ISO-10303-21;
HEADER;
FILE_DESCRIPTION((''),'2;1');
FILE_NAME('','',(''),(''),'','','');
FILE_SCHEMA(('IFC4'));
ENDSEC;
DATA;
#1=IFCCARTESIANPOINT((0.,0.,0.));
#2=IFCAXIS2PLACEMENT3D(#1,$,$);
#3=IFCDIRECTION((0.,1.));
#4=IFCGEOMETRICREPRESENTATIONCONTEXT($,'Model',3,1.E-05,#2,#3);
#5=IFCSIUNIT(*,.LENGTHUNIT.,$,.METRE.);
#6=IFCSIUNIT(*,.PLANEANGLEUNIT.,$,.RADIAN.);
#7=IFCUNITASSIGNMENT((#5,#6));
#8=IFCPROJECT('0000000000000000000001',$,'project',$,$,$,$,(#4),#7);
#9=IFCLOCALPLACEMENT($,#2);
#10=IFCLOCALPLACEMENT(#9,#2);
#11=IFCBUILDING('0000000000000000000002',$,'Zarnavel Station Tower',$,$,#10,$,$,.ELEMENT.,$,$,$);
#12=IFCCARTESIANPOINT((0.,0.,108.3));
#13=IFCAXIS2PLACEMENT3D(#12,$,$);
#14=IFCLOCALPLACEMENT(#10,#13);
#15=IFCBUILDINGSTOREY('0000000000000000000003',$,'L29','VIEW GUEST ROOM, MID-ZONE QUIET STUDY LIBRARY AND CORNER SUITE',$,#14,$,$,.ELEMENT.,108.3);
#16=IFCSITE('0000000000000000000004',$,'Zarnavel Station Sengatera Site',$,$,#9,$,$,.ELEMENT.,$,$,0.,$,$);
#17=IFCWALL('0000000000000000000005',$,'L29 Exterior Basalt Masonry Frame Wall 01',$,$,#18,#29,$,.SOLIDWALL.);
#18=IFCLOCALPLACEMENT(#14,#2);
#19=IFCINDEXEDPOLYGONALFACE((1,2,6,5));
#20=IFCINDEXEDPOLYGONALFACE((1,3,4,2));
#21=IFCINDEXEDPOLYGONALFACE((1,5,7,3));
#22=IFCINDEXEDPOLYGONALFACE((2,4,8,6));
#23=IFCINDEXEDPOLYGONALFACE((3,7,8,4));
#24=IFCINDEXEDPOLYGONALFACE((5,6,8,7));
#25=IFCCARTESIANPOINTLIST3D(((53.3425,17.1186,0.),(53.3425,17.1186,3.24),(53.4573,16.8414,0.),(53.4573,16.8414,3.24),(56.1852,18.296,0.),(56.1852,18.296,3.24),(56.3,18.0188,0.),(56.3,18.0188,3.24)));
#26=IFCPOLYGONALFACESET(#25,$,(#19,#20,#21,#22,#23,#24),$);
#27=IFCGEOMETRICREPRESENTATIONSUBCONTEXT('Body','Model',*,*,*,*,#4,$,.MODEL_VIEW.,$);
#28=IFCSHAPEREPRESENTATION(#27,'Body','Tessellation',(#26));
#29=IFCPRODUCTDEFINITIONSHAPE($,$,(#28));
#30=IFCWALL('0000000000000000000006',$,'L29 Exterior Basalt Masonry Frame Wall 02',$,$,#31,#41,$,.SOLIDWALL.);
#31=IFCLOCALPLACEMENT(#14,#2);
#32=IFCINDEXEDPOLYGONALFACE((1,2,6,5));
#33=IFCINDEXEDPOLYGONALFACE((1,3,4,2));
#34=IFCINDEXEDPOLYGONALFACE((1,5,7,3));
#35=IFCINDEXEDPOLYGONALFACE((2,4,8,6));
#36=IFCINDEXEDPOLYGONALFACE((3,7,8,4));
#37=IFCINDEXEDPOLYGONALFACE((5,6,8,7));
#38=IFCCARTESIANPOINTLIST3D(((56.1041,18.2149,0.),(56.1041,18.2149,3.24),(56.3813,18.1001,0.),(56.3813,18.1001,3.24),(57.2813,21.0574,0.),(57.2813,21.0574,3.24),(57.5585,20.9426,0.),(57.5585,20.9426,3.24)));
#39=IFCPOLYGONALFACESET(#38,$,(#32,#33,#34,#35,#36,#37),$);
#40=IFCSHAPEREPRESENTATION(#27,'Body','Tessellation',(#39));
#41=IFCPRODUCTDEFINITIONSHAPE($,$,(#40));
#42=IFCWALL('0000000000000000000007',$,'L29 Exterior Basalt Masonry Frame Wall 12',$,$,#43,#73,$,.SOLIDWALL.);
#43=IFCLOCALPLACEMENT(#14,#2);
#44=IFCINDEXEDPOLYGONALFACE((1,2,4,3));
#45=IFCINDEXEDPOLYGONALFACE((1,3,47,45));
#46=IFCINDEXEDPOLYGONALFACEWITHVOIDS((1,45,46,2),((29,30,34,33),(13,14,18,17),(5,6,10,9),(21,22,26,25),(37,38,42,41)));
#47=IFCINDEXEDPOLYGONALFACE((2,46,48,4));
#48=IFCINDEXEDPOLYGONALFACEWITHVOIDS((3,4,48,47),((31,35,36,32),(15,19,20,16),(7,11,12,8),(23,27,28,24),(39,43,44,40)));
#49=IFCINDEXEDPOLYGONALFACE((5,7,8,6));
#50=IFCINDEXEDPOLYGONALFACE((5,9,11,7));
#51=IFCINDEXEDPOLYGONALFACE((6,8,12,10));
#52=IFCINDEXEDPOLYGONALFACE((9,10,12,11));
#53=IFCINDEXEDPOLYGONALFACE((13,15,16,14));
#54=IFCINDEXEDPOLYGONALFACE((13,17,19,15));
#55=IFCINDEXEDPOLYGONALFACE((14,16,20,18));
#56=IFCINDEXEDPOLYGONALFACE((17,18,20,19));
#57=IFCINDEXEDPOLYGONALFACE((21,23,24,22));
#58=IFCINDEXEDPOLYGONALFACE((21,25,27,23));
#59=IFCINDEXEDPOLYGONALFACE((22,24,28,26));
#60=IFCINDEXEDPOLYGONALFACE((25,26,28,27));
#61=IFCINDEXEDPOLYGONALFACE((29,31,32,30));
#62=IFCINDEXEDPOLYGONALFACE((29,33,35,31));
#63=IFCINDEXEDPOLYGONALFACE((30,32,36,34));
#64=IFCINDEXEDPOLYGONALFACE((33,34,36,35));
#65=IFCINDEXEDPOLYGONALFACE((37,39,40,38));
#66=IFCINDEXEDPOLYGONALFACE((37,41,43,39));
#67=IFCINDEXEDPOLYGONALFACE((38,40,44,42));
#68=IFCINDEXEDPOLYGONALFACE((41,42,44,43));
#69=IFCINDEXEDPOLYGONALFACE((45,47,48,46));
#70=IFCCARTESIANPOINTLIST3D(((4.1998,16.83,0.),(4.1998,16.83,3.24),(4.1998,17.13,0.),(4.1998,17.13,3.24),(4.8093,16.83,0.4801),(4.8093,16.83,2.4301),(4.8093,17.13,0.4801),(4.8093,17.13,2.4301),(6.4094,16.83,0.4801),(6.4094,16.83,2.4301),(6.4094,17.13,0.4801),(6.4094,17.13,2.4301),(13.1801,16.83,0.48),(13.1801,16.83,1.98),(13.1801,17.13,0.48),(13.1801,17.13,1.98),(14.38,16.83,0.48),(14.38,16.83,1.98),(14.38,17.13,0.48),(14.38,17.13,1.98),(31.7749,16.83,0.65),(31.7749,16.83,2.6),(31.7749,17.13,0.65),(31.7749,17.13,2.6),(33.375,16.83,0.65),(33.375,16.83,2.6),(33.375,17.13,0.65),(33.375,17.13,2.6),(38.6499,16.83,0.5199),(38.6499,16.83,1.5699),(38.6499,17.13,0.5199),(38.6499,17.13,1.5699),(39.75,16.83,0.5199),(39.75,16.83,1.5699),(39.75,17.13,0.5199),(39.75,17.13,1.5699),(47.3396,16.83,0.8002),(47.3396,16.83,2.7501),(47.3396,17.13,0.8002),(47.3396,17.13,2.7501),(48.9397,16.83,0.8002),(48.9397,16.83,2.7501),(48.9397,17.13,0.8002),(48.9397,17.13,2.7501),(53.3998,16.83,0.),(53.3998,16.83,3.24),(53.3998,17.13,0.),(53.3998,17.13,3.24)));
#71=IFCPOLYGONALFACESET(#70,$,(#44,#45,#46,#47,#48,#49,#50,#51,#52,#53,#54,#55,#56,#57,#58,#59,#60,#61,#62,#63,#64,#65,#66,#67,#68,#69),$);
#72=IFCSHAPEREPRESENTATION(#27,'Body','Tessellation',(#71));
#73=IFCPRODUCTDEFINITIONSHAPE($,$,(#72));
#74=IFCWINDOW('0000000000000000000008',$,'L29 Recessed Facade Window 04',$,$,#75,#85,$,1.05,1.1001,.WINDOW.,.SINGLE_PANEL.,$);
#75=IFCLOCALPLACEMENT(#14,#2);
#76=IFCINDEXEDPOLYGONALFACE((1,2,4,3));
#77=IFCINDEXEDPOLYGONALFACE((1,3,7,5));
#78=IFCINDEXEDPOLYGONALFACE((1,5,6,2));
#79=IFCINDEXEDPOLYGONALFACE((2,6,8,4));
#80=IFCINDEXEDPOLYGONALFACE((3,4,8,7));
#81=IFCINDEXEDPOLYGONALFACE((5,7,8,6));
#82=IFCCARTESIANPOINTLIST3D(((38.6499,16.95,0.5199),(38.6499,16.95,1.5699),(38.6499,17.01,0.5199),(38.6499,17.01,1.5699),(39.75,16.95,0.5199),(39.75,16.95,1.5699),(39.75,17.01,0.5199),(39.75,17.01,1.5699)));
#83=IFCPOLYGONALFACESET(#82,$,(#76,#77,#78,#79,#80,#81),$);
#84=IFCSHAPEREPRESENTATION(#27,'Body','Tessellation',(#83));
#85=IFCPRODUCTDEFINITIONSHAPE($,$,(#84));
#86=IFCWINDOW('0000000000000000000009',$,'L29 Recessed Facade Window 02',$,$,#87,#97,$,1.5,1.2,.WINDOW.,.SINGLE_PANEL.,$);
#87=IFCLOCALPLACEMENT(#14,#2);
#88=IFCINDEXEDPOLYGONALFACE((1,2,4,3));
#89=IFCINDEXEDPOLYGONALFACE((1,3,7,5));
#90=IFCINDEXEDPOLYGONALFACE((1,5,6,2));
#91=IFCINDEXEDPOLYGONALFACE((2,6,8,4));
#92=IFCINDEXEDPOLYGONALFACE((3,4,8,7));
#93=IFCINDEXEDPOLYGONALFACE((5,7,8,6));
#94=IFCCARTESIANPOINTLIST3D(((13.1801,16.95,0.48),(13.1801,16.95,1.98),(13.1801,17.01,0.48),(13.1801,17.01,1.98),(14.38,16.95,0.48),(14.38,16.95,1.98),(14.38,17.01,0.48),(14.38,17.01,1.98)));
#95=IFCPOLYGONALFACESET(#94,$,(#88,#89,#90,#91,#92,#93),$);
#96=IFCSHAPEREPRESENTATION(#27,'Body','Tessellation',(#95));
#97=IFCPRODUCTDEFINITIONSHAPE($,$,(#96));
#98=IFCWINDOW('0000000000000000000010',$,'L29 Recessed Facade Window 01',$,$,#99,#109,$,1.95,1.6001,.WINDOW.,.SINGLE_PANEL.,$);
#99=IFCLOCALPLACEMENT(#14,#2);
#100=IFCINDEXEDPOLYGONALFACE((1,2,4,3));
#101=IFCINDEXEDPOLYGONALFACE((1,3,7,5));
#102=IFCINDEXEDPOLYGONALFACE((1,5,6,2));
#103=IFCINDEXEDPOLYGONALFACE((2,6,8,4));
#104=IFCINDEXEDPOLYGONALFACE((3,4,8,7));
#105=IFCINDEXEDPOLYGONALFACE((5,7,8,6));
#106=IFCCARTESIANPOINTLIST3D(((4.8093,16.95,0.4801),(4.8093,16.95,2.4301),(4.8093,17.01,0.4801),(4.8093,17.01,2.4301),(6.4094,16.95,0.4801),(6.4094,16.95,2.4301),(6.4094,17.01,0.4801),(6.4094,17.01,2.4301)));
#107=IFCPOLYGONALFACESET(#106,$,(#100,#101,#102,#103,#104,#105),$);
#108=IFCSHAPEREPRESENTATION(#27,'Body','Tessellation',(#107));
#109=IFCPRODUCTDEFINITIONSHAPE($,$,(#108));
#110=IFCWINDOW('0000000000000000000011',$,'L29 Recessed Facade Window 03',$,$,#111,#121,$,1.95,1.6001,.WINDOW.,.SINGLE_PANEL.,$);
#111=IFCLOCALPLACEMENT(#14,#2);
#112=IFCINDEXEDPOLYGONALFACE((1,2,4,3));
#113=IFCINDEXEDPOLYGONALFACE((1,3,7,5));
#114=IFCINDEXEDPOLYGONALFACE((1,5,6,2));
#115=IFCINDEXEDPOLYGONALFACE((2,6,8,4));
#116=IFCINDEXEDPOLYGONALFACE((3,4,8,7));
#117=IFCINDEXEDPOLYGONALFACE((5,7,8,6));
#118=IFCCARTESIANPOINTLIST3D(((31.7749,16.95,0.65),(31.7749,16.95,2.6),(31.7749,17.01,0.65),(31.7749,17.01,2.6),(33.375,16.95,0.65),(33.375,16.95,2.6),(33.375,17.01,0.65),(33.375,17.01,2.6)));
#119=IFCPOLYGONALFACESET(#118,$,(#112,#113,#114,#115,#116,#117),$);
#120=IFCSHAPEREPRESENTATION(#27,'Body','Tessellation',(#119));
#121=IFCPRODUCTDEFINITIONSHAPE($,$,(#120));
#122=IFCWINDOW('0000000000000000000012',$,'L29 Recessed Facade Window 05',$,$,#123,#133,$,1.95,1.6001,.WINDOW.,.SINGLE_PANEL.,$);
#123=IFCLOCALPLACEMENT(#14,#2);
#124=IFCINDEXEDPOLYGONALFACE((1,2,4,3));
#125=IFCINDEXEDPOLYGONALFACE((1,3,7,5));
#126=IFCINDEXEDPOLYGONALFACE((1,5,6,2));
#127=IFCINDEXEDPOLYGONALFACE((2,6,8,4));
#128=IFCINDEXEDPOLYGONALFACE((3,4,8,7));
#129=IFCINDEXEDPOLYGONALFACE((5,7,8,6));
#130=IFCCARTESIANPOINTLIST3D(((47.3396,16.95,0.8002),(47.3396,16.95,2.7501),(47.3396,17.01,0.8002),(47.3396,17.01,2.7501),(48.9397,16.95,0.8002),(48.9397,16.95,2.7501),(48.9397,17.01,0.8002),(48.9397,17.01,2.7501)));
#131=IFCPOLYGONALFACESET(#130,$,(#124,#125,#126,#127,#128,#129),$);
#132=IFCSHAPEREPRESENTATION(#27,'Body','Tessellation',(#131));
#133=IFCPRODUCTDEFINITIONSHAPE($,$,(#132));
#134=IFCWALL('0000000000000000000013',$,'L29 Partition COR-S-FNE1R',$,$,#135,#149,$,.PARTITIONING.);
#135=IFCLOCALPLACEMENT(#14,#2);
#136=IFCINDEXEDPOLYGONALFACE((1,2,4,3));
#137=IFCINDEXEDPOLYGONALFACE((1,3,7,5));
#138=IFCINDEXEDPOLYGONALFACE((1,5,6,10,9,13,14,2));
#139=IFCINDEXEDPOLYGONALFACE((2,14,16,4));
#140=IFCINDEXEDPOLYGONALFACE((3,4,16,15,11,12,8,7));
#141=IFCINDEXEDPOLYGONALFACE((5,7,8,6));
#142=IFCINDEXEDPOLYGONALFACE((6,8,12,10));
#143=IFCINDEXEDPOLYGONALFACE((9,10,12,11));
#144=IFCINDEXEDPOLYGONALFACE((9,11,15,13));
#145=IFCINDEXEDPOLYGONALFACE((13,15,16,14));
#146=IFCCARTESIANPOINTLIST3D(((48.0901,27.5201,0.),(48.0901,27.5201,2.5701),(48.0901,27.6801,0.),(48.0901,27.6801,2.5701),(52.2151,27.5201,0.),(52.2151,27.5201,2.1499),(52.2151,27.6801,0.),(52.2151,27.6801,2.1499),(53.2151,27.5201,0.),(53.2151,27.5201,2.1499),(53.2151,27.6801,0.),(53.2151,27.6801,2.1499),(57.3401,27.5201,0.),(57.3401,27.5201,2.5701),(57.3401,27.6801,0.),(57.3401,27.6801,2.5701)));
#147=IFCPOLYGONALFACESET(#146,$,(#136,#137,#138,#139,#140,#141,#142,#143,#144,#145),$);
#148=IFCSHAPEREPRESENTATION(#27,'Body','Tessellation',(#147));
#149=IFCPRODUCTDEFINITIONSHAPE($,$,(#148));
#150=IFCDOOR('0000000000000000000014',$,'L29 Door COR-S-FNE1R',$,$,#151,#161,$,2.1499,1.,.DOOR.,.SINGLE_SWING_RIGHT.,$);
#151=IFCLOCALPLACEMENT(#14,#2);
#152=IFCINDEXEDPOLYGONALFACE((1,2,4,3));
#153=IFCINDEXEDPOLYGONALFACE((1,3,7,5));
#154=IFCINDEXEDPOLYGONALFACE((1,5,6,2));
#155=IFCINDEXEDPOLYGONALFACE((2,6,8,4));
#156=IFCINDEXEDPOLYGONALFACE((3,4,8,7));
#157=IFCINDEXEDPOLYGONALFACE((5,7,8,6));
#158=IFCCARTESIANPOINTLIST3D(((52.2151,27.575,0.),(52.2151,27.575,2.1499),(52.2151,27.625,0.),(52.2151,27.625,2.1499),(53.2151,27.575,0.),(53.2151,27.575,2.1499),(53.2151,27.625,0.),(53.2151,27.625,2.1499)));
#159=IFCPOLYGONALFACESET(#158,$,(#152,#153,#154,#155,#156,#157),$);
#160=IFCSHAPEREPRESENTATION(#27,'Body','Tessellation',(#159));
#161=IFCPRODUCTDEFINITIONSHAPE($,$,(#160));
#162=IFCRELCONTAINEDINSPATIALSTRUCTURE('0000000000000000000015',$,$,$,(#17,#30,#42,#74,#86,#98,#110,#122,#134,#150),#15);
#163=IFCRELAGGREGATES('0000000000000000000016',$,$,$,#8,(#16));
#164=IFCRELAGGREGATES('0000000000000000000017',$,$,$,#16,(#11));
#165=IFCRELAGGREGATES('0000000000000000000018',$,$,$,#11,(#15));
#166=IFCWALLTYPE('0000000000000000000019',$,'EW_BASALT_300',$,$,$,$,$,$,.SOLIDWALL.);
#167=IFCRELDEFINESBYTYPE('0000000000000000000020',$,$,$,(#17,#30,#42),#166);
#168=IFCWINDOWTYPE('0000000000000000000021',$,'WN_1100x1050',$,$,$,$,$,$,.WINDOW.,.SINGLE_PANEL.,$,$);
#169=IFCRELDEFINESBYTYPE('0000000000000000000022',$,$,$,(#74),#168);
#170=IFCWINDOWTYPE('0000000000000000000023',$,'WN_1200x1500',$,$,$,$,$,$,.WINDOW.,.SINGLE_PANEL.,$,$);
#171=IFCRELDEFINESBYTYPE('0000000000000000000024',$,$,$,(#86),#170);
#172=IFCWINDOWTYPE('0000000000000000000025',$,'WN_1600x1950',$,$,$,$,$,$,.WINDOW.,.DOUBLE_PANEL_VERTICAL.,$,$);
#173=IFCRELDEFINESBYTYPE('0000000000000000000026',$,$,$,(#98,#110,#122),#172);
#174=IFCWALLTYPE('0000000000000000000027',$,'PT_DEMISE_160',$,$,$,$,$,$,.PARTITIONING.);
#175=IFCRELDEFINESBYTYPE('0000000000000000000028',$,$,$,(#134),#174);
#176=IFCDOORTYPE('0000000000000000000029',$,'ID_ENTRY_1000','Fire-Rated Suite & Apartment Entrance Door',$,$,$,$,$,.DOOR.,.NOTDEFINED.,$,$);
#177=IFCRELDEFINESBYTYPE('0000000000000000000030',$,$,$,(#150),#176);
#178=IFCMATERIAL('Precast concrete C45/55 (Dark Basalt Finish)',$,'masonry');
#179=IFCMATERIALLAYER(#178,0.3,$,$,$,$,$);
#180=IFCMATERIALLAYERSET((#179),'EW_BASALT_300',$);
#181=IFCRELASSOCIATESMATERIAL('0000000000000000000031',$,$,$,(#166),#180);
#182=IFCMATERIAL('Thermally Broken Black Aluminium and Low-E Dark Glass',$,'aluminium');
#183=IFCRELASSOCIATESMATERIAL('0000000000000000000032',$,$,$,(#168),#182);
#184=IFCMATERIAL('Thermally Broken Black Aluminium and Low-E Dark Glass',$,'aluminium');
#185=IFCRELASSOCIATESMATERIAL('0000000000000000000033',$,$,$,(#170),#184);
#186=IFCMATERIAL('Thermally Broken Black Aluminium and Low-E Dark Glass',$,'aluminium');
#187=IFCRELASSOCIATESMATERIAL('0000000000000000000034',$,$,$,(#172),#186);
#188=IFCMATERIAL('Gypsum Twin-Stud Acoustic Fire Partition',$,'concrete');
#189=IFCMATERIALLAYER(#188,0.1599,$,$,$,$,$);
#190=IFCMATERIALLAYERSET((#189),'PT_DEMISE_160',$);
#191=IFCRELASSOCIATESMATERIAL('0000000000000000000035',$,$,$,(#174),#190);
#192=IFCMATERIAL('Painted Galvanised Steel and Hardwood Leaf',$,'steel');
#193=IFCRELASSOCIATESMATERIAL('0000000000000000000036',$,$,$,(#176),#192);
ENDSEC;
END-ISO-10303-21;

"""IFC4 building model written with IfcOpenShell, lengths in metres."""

from ifc_helpers import new_model, si_unit, direction, frame, frame_2d, origin, place, context, subcontext, project, spatial, rectangle, extrude, material, layer, layer_set, type_object, element, fill, save


model = new_model("IFC4")

# Units and contexts
model_context = context("Model", 3, precision=1e-05, world=origin(), true_north=direction((0.0, 1.0)))
body_context = subcontext(model_context, "Body", "Model", "MODEL_VIEW")
ifc_project = project(units=[si_unit("LENGTHUNIT", "METRE"), si_unit("PLANEANGLEUNIT", "RADIAN")], contexts=[model_context])

# Site, building, storey
site_placement = place(None, origin())
site = spatial("IfcSite", under=ifc_project, at=site_placement, Name="Zarnavel Station Sengatera Site", CompositionType="ELEMENT", RefElevation=0.0)
building_placement = place(site_placement, origin())
building = spatial("IfcBuilding", under=site, at=building_placement, Name="Zarnavel Station Tower", CompositionType="ELEMENT")
storey_placement = place(building_placement, frame((0.0, 0.0, 108.3)))
storey = spatial("IfcBuildingStorey", under=building, at=storey_placement, Name="L29", Description="VIEW GUEST ROOM, MID-ZONE QUIET STUDY LIBRARY AND CORNER SUITE", CompositionType="ELEMENT", Elevation=108.3)

# Walls
ifc_material_1 = material(Name="Precast concrete C45/55 (Dark Basalt Finish)", Category="masonry")
ifc_layer_1 = layer(ifc_material_1, 0.3)
ifc_layer_set_1 = layer_set([ifc_layer_1], Name="EW_BASALT_300")
wall_type_1 = type_object("IfcWallType", Name="EW_BASALT_300", PredefinedType="SOLIDWALL", material=ifc_layer_set_1)
wall_1_placement = place(storey_placement, frame((56.2427, 18.1575, 0.0), z_axis=(0.0, 0.0, 1.0), x_axis=(-0.923882, -0.382676, 0.0)))
element("IfcWall", 1, at=wall_1_placement, inside=storey, type_object=wall_type_1, Name="L29 Exterior Basalt Masonry Frame Wall 01", PredefinedType="SOLIDWALL", context=body_context, shape_type="SweptSolid", body=[
    extrude(rectangle(XDim=3.0769, YDim=0.3, at=frame_2d((1.5386, 0.0))), origin(), (0.0, 0.0, 1.0), 3.24),
])
wall_2_placement = place(storey_placement, frame((57.4199, 21.0, 0.0), z_axis=(0.0, 0.0, 1.0), x_axis=(-0.382637, -0.923899, 0.0)))
element("IfcWall", 2, at=wall_2_placement, inside=storey, type_object=wall_type_1, Name="L29 Exterior Basalt Masonry Frame Wall 02", PredefinedType="SOLIDWALL", context=body_context, shape_type="SweptSolid", body=[
    extrude(rectangle(XDim=3.0767, YDim=0.3, at=frame_2d((1.5383, 0.0))), origin(), (0.0, 0.0, 1.0), 3.24),
])

# Wall, openings, windows
wall_3_placement = place(storey_placement, frame((53.3999, 16.98, 0.0), z_axis=(0.0, 0.0, 1.0), x_axis=(-1.0, 0.0, 0.0)))
wall_3 = element("IfcWall", 3, at=wall_3_placement, inside=storey, type_object=wall_type_1, Name="L29 Exterior Basalt Masonry Frame Wall 12", PredefinedType="SOLIDWALL", context=body_context, shape_type="SweptSolid", body=[
    extrude(rectangle(XDim=49.2, YDim=0.3, at=frame_2d((24.6001, 0.0))), origin(), (0.0, 0.0, 1.0), 3.24),
])
opening_1_placement = place(wall_3_placement, frame((46.9905, 0.0, 0.48)))
opening_1 = element("IfcOpeningElement", 4, at=opening_1_placement, cuts=wall_3, PredefinedType="OPENING", context=body_context, shape_type="SweptSolid", body=[
    extrude(rectangle(XDim=1.6001, YDim=1.95, at=frame_2d((0.8, 0.9751))), frame((0.0, 0.1599, 0.0), z_axis=(0.0, -1.0, 0.0), x_axis=(1.0, 0.0, 0.0)), (0.0, 0.0, 1.0), 0.3201),
])
opening_2_placement = place(wall_3_placement, frame((39.0198, 0.0, 0.48)))
opening_2 = element("IfcOpeningElement", 5, at=opening_2_placement, cuts=wall_3, PredefinedType="OPENING", context=body_context, shape_type="SweptSolid", body=[
    extrude(rectangle(XDim=1.2, YDim=1.5, at=frame_2d((0.6001, 0.75))), frame((0.0, 0.1599, 0.0), z_axis=(0.0, -1.0, 0.0), x_axis=(1.0, 0.0, 0.0)), (0.0, 0.0, 1.0), 0.3201),
])
opening_3_placement = place(wall_3_placement, frame((20.0249, 0.0, 0.6499)))
opening_3 = element("IfcOpeningElement", 6, at=opening_3_placement, cuts=wall_3, PredefinedType="OPENING", context=body_context, shape_type="SweptSolid", body=[
    extrude(rectangle(XDim=1.6001, YDim=1.95, at=frame_2d((0.8, 0.9751))), frame((0.0, 0.1599, 0.0), z_axis=(0.0, -1.0, 0.0), x_axis=(1.0, 0.0, 0.0)), (0.0, 0.0, 1.0), 0.3201),
])
opening_4_placement = place(wall_3_placement, frame((13.6499, 0.0, 0.52)))
opening_4 = element("IfcOpeningElement", 7, at=opening_4_placement, cuts=wall_3, PredefinedType="OPENING", context=body_context, shape_type="SweptSolid", body=[
    extrude(rectangle(XDim=1.1001, YDim=1.05, at=frame_2d((0.55, 0.5249))), frame((0.0, 0.1599, 0.0), z_axis=(0.0, -1.0, 0.0), x_axis=(1.0, 0.0, 0.0)), (0.0, 0.0, 1.0), 0.3201),
])
opening_5_placement = place(wall_3_placement, frame((4.4602, 0.0, 0.8)))
opening_5 = element("IfcOpeningElement", 8, at=opening_5_placement, cuts=wall_3, PredefinedType="OPENING", context=body_context, shape_type="SweptSolid", body=[
    extrude(rectangle(XDim=1.6001, YDim=1.95, at=frame_2d((0.8, 0.9751))), frame((0.0, 0.1599, 0.0), z_axis=(0.0, -1.0, 0.0), x_axis=(1.0, 0.0, 0.0)), (0.0, 0.0, 1.0), 0.3201),
])
ifc_material_2 = material(Name="Thermally Broken Black Aluminium and Low-E Dark Glass", Category="aluminium")
window_type_1 = type_object("IfcWindowType", Name="WN_1100x1050", PartitioningType="SINGLE_PANEL", PredefinedType="WINDOW", material=ifc_material_2)
window_1_placement = place(opening_4_placement, origin())
window_1 = element("IfcWindow", 9, at=window_1_placement, inside=storey, type_object=window_type_1, Name="L29 Recessed Facade Window 04", OverallHeight=1.05, OverallWidth=1.1001, PartitioningType="SINGLE_PANEL", PredefinedType="WINDOW", context=body_context, shape_type="SweptSolid", body=[
    extrude(rectangle(XDim=1.1001, YDim=1.05, at=frame_2d((0.55, 0.5249))), frame((0.0, 0.03, 0.0), z_axis=(0.0, -1.0, 0.0), x_axis=(1.0, 0.0, 0.0)), (0.0, 0.0, 1.0), 0.0601),
])
fill(opening_4, window_1)
ifc_material_3 = material(Name="Thermally Broken Black Aluminium and Low-E Dark Glass", Category="aluminium")
window_type_2 = type_object("IfcWindowType", Name="WN_1200x1500", PartitioningType="SINGLE_PANEL", PredefinedType="WINDOW", material=ifc_material_3)
window_2_placement = place(opening_2_placement, origin())
window_2 = element("IfcWindow", 10, at=window_2_placement, inside=storey, type_object=window_type_2, Name="L29 Recessed Facade Window 02", OverallHeight=1.5, OverallWidth=1.2, PartitioningType="SINGLE_PANEL", PredefinedType="WINDOW", context=body_context, shape_type="SweptSolid", body=[
    extrude(rectangle(XDim=1.2, YDim=1.5, at=frame_2d((0.6001, 0.75))), frame((0.0, 0.03, 0.0), z_axis=(0.0, -1.0, 0.0), x_axis=(1.0, 0.0, 0.0)), (0.0, 0.0, 1.0), 0.0601),
])
fill(opening_2, window_2)
ifc_material_4 = material(Name="Thermally Broken Black Aluminium and Low-E Dark Glass", Category="aluminium")
window_type_3 = type_object("IfcWindowType", Name="WN_1600x1950", PartitioningType="DOUBLE_PANEL_VERTICAL", PredefinedType="WINDOW", material=ifc_material_4)
window_3_placement = place(opening_1_placement, origin())
window_3 = element("IfcWindow", 11, at=window_3_placement, inside=storey, type_object=window_type_3, Name="L29 Recessed Facade Window 01", OverallHeight=1.95, OverallWidth=1.6001, PartitioningType="SINGLE_PANEL", PredefinedType="WINDOW", context=body_context, shape_type="SweptSolid", body=[
    extrude(rectangle(XDim=1.6001, YDim=1.95, at=frame_2d((0.8, 0.9751))), frame((0.0, 0.03, 0.0), z_axis=(0.0, -1.0, 0.0), x_axis=(1.0, 0.0, 0.0)), (0.0, 0.0, 1.0), 0.0601),
])
fill(opening_1, window_3)
window_4_placement = place(opening_3_placement, origin())
window_4 = element("IfcWindow", 12, at=window_4_placement, inside=storey, type_object=window_type_3, Name="L29 Recessed Facade Window 03", OverallHeight=1.95, OverallWidth=1.6001, PartitioningType="SINGLE_PANEL", PredefinedType="WINDOW", context=body_context, shape_type="SweptSolid", body=[
    extrude(rectangle(XDim=1.6001, YDim=1.95, at=frame_2d((0.8, 0.9751))), frame((0.0, 0.03, 0.0), z_axis=(0.0, -1.0, 0.0), x_axis=(1.0, 0.0, 0.0)), (0.0, 0.0, 1.0), 0.0601),
])
fill(opening_3, window_4)
window_5_placement = place(opening_5_placement, origin())
window_5 = element("IfcWindow", 13, at=window_5_placement, inside=storey, type_object=window_type_3, Name="L29 Recessed Facade Window 05", OverallHeight=1.95, OverallWidth=1.6001, PartitioningType="SINGLE_PANEL", PredefinedType="WINDOW", context=body_context, shape_type="SweptSolid", body=[
    extrude(rectangle(XDim=1.6001, YDim=1.95, at=frame_2d((0.8, 0.9751))), frame((0.0, 0.03, 0.0), z_axis=(0.0, -1.0, 0.0), x_axis=(1.0, 0.0, 0.0)), (0.0, 0.0, 1.0), 0.0601),
])
fill(opening_5, window_5)

# Wall, opening, door
ifc_material_5 = material(Name="Gypsum Twin-Stud Acoustic Fire Partition", Category="concrete")
ifc_layer_2 = layer(ifc_material_5, 0.1599)
ifc_layer_set_2 = layer_set([ifc_layer_2], Name="PT_DEMISE_160")
wall_type_2 = type_object("IfcWallType", Name="PT_DEMISE_160", PredefinedType="PARTITIONING", material=ifc_layer_set_2)
wall_4_placement = place(storey_placement, frame((48.0901, 27.6001, 0.0), z_axis=(0.0, 0.0, 1.0), x_axis=(1.0, 0.0, 0.0)))
wall_4 = element("IfcWall", 14, at=wall_4_placement, inside=storey, type_object=wall_type_2, Name="L29 Partition COR-S-FNE1R", PredefinedType="PARTITIONING", context=body_context, shape_type="SweptSolid", body=[
    extrude(rectangle(XDim=9.25, YDim=0.1599, at=frame_2d((4.625, 0.0))), origin(), (0.0, 0.0, 1.0), 2.5701),
])
opening_6_placement = place(wall_4_placement, frame((4.125, 0.0, 0.0)))
opening_6 = element("IfcOpeningElement", 15, at=opening_6_placement, cuts=wall_4, PredefinedType="OPENING", context=body_context, shape_type="SweptSolid", body=[
    extrude(rectangle(XDim=1.0, YDim=2.1499, at=frame_2d((0.5, 1.075))), frame((0.0, 0.0898, 0.0), z_axis=(0.0, -1.0, 0.0), x_axis=(1.0, 0.0, 0.0)), (0.0, 0.0, 1.0), 0.1799),
])
ifc_material_6 = material(Name="Painted Galvanised Steel and Hardwood Leaf", Category="steel")
door_type_1 = type_object("IfcDoorType", Name="ID_ENTRY_1000", Description="Fire-Rated Suite & Apartment Entrance Door", OperationType="NOTDEFINED", PredefinedType="DOOR", material=ifc_material_6)
door_1_placement = place(opening_6_placement, origin())
door_1 = element("IfcDoor", 16, at=door_1_placement, inside=storey, type_object=door_type_1, Name="L29 Door COR-S-FNE1R", OperationType="SINGLE_SWING_RIGHT", OverallHeight=2.1499, OverallWidth=1.0, PredefinedType="DOOR", context=body_context, shape_type="SweptSolid", body=[
    extrude(rectangle(XDim=1.0, YDim=2.1499, at=frame_2d((0.5, 1.075))), frame((0.0, 0.0249, 0.0), z_axis=(0.0, -1.0, 0.0), x_axis=(1.0, 0.0, 0.0)), (0.0, 0.0, 1.0), 0.05),
])
fill(opening_6, door_1)

save(model, "model.ifc")
